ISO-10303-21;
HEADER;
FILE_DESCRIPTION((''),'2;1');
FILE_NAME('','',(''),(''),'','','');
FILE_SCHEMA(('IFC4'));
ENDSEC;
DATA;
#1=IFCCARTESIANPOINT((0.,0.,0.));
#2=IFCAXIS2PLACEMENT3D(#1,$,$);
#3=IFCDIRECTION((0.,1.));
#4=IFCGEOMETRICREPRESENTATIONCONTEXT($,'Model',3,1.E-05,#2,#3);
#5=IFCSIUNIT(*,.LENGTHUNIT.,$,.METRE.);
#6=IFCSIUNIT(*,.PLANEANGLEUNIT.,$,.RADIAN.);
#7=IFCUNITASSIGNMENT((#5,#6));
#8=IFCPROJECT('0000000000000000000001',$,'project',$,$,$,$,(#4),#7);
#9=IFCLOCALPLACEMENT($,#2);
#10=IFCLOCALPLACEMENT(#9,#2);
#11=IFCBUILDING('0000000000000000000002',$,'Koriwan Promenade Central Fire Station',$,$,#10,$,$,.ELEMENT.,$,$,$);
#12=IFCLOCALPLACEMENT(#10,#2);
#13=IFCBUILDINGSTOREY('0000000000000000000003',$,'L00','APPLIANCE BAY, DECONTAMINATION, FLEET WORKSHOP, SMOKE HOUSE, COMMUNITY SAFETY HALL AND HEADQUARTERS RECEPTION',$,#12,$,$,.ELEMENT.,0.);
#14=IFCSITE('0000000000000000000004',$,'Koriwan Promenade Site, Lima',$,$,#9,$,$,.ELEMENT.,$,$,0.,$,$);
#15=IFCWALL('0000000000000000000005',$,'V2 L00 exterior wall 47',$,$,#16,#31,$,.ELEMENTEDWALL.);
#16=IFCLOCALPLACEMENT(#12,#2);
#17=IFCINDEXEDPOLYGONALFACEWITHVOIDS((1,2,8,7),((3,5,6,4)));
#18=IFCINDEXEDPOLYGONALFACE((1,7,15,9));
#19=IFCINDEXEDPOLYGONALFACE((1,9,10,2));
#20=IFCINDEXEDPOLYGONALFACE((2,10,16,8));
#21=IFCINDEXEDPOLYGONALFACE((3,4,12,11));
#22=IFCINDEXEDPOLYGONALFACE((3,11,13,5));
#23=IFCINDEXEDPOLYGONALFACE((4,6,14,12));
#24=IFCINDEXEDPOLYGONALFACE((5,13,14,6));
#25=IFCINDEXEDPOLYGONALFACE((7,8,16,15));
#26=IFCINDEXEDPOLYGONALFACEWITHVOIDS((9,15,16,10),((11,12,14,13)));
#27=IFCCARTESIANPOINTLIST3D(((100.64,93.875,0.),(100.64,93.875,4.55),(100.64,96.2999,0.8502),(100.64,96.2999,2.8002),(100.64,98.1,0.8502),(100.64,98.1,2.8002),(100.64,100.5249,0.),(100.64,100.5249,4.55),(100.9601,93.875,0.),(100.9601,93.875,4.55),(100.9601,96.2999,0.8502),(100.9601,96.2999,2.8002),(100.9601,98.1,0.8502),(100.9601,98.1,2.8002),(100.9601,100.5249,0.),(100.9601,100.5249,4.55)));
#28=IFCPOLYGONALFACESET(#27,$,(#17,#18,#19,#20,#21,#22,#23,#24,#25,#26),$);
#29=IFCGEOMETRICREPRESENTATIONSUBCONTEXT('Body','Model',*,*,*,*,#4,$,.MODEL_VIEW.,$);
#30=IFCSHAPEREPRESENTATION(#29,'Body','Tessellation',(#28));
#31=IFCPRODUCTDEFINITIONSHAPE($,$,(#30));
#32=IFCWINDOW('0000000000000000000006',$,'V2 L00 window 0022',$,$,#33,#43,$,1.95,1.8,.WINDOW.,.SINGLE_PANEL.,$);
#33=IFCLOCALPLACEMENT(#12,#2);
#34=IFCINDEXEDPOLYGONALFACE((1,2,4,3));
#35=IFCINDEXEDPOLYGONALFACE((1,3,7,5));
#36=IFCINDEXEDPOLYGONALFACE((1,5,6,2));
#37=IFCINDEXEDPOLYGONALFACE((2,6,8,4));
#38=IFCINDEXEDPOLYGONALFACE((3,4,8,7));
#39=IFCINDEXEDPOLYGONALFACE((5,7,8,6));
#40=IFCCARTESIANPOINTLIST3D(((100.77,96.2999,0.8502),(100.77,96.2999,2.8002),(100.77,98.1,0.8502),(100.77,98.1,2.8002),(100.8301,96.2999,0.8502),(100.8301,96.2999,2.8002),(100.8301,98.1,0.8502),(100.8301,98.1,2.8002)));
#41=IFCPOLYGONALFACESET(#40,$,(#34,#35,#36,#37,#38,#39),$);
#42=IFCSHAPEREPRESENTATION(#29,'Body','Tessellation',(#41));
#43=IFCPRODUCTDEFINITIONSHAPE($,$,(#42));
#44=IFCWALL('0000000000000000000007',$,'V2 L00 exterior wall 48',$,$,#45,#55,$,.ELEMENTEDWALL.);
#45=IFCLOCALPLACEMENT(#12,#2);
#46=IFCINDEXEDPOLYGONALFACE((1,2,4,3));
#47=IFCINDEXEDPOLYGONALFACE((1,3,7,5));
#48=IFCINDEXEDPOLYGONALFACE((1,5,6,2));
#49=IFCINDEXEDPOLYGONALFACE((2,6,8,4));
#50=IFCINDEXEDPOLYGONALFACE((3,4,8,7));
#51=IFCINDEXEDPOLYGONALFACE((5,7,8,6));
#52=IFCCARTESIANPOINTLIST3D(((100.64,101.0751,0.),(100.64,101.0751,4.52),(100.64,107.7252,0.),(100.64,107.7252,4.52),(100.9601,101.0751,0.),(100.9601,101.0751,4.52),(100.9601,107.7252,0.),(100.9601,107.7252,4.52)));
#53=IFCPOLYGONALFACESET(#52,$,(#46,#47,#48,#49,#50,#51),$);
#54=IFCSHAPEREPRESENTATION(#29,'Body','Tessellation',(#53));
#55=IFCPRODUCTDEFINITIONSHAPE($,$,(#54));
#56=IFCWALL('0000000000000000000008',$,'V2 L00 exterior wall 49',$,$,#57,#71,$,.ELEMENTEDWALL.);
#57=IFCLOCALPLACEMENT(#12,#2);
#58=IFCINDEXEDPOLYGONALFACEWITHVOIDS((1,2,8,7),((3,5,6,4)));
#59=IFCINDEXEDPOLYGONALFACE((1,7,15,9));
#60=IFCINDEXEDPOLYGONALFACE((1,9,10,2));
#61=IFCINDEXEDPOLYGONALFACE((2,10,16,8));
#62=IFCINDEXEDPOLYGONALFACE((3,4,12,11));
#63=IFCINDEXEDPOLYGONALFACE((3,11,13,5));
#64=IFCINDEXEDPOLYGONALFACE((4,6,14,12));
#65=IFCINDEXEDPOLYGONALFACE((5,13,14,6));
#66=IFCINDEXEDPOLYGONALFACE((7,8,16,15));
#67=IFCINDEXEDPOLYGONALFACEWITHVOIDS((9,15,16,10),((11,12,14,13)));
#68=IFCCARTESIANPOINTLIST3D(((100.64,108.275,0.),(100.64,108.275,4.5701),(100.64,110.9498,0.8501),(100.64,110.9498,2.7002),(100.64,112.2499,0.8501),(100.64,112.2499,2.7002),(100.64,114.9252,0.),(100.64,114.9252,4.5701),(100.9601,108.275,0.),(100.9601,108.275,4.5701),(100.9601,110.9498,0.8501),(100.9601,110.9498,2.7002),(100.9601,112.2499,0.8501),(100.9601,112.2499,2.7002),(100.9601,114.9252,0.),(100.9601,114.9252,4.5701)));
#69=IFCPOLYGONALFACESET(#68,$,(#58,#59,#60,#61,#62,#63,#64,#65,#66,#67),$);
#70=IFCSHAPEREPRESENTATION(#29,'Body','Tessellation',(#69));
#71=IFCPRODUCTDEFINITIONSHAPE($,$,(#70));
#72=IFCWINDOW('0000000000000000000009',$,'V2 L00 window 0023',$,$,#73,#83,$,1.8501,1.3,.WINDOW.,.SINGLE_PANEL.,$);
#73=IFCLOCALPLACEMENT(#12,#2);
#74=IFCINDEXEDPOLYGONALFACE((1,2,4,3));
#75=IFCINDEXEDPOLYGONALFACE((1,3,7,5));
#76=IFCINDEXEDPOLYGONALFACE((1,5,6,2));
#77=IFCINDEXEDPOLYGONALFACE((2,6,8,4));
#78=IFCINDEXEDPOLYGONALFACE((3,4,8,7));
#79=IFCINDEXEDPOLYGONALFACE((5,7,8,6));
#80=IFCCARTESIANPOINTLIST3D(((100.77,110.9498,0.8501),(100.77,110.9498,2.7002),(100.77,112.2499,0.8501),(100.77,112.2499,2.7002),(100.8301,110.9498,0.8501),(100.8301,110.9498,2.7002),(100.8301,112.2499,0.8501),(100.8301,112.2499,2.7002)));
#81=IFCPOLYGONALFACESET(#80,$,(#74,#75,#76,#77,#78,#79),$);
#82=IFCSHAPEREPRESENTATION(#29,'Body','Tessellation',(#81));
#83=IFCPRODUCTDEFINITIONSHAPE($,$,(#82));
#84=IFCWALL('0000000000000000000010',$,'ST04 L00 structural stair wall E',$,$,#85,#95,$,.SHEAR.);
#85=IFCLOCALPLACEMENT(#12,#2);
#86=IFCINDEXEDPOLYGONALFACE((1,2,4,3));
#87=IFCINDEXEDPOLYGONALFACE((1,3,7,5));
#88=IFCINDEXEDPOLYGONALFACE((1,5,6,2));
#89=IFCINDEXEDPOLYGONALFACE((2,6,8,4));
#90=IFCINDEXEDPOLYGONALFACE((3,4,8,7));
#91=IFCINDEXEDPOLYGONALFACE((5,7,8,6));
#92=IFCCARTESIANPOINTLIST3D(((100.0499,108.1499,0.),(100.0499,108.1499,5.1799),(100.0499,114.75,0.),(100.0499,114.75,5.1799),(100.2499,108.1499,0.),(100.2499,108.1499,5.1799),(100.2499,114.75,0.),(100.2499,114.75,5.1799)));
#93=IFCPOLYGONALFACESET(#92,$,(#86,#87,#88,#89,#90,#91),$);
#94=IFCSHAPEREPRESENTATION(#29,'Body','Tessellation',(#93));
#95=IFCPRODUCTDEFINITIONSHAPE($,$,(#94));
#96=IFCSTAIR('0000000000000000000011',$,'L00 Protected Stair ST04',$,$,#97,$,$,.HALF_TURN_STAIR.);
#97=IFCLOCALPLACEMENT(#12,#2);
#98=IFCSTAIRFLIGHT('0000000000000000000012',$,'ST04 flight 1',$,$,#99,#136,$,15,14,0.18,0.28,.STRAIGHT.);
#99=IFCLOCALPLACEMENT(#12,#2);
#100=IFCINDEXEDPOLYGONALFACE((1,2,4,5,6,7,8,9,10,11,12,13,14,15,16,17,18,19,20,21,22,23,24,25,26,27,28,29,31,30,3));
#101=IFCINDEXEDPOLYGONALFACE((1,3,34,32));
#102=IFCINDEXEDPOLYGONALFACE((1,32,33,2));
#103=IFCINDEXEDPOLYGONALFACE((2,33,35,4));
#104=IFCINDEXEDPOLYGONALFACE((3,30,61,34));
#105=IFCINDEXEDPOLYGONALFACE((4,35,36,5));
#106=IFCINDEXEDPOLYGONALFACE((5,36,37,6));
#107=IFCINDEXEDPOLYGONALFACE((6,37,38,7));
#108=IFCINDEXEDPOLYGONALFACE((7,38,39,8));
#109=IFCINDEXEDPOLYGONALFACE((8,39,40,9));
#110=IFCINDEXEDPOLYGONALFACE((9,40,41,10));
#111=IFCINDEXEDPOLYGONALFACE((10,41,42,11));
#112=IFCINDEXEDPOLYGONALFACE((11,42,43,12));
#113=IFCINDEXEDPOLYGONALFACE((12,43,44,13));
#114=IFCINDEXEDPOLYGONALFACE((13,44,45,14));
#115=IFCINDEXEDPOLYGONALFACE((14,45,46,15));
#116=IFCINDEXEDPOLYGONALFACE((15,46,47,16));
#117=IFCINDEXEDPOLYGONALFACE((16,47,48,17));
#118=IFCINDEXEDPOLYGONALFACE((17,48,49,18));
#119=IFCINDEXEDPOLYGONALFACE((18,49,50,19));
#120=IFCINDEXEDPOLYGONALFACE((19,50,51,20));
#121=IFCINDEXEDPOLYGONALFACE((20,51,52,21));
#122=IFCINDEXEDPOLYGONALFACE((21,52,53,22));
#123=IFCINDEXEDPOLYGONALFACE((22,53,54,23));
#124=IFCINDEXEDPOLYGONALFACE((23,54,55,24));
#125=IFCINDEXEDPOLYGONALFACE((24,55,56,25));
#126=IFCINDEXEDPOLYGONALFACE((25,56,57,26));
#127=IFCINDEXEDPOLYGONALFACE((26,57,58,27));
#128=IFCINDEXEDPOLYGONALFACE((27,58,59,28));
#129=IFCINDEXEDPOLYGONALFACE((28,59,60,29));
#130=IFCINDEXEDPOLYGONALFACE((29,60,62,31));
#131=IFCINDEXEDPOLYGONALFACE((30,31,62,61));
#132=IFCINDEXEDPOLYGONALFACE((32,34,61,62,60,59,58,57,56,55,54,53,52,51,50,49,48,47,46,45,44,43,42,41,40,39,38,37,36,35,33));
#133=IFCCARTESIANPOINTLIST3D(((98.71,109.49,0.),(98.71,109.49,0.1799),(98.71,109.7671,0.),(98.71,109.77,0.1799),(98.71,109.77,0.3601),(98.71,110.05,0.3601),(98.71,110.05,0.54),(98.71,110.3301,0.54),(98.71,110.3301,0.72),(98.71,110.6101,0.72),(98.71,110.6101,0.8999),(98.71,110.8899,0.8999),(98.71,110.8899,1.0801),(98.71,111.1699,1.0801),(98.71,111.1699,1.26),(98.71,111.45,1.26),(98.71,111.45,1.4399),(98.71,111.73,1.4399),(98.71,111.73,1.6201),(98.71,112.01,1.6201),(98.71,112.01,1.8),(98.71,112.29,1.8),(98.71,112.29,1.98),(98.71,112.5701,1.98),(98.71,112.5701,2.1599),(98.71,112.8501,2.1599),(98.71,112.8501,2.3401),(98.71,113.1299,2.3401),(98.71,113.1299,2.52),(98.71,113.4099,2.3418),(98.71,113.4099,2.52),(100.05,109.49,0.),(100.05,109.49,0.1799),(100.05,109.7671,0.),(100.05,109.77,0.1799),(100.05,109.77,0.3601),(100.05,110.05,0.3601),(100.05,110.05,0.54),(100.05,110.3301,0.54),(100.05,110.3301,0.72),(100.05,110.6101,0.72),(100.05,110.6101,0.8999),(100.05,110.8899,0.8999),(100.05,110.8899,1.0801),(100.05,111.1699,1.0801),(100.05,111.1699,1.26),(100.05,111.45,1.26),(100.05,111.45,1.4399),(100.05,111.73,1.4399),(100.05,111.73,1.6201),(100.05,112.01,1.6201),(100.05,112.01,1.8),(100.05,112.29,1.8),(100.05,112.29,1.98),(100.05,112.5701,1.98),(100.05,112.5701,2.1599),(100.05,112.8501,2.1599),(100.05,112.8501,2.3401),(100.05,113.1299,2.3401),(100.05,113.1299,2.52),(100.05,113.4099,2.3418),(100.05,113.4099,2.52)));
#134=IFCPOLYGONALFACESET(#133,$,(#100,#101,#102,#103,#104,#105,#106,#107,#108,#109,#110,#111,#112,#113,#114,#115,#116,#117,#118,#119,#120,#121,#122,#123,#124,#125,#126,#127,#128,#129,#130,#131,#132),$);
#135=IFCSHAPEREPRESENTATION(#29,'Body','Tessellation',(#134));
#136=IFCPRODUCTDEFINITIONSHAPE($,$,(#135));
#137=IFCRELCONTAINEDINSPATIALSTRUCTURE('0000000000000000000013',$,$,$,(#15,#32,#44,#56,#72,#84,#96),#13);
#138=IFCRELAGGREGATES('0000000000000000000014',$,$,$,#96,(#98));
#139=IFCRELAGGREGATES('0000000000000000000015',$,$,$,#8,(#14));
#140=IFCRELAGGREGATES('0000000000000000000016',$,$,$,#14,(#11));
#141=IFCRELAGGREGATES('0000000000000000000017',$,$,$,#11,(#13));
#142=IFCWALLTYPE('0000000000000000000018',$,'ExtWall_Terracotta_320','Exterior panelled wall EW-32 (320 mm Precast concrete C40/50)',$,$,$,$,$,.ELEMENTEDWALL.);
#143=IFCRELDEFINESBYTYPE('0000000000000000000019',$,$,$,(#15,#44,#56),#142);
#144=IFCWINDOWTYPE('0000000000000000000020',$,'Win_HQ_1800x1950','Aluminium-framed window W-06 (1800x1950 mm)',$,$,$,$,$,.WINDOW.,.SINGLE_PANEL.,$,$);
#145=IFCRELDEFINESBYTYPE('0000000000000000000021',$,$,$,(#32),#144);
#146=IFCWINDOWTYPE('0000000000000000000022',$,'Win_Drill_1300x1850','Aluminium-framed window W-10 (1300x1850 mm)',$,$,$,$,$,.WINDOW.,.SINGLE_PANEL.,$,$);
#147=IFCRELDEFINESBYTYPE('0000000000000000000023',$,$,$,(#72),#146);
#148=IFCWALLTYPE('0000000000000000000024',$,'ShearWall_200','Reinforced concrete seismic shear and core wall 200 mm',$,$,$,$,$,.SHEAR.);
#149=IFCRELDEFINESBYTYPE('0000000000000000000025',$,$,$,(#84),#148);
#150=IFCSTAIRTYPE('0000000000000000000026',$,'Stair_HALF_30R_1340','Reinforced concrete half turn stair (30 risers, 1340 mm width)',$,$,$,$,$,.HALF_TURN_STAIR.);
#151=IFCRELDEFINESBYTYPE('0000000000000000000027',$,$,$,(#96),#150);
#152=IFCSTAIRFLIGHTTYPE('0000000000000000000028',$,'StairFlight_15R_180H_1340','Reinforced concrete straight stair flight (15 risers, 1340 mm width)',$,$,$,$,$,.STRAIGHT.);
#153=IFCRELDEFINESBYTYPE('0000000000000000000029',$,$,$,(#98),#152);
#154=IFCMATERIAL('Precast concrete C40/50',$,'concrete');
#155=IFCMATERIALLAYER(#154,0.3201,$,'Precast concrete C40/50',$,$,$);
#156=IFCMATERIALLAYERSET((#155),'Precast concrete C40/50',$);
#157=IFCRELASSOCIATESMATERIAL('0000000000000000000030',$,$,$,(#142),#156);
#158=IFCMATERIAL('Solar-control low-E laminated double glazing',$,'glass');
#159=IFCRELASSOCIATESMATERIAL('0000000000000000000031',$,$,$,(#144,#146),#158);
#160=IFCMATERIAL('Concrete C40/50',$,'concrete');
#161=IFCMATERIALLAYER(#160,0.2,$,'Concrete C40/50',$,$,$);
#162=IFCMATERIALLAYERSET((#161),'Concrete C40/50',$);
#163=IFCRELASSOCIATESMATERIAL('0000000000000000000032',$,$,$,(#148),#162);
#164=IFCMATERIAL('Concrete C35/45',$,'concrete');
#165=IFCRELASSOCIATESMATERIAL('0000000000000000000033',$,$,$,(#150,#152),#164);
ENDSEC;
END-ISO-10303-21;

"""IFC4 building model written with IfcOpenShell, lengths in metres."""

from ifc_helpers import new_model, si_unit, direction, frame, frame_2d, origin, place, context, subcontext, project, spatial, polyline, rectangle, outline, extrude, material, layer, layer_set, type_object, element, fill, aggregate, save


model = new_model("IFC4")

# Units and contexts
model_context = context("Model", 3, precision=1e-05, world=origin(), true_north=direction((0.0, 1.0)))
body_context = subcontext(model_context, "Body", "Model", "MODEL_VIEW")
ifc_project = project(units=[si_unit("LENGTHUNIT", "METRE"), si_unit("PLANEANGLEUNIT", "RADIAN")], contexts=[model_context])

# Site, building, storey
site_placement = place(None, origin())
site = spatial("IfcSite", under=ifc_project, at=site_placement, Name="Koriwan Promenade Site, Lima", CompositionType="ELEMENT", RefElevation=0.0)
building_placement = place(site_placement, origin())
building = spatial("IfcBuilding", under=site, at=building_placement, Name="Koriwan Promenade Central Fire Station", CompositionType="ELEMENT")
storey_placement = place(building_placement, origin())
storey = spatial("IfcBuildingStorey", under=building, at=storey_placement, Name="L00", Description="APPLIANCE BAY, DECONTAMINATION, FLEET WORKSHOP, SMOKE HOUSE, COMMUNITY SAFETY HALL AND HEADQUARTERS RECEPTION", CompositionType="ELEMENT", Elevation=0.0)

# Shared definitions
ifc_material_1 = material(Name="Concrete C35/45", Category="concrete")

# Shared definitions
ifc_material_2 = material(Name="Concrete C40/50", Category="concrete")

# Wall, opening, window
ifc_material_3 = material(Name="Precast concrete C40/50", Category="concrete")
ifc_layer_1 = layer(ifc_material_3, 0.3201, Name="Precast concrete C40/50")
ifc_layer_set_1 = layer_set([ifc_layer_1], Name="Precast concrete C40/50")
wall_type_1 = type_object("IfcWallType", Name="ExtWall_Terracotta_320", Description="Exterior panelled wall EW-32 (320 mm Precast concrete C40/50)", PredefinedType="ELEMENTEDWALL", material=ifc_layer_set_1)
wall_1_placement = place(storey_placement, frame((100.8, 93.875, 0.0), z_axis=(0.0, 0.0, 1.0), x_axis=(0.0, 1.0, 0.0)))
wall_1 = element("IfcWall", 1, at=wall_1_placement, inside=storey, type_object=wall_type_1, Name="V2 L00 exterior wall 47", PredefinedType="ELEMENTEDWALL", context=body_context, shape_type="SweptSolid", body=[
    extrude(rectangle(XDim=6.6499, YDim=0.3201, at=frame_2d((3.325, 0.0))), origin(), (0.0, 0.0, 1.0), 4.55),
])
opening_1_placement = place(wall_1_placement, frame((2.425, 0.0, 0.8501)))
opening_1 = element("IfcOpeningElement", 2, at=opening_1_placement, cuts=wall_1, PredefinedType="OPENING", context=body_context, shape_type="SweptSolid", body=[
    extrude(rectangle(XDim=1.8, YDim=1.95, at=frame_2d((0.8999, 0.9751))), frame((0.0, 0.1719, 0.0), z_axis=(0.0, -1.0, 0.0), x_axis=(1.0, 0.0, 0.0)), (0.0, 0.0, 1.0), 0.344),
])
ifc_material_4 = material(Name="Solar-control low-E laminated double glazing", Category="glass")
window_type_1 = type_object("IfcWindowType", Name="Win_HQ_1800x1950", Description="Aluminium-framed window W-06 (1800x1950 mm)", PartitioningType="SINGLE_PANEL", PredefinedType="WINDOW", material=ifc_material_4)
window_1_placement = place(opening_1_placement, origin())
window_1 = element("IfcWindow", 3, at=window_1_placement, inside=storey, type_object=window_type_1, Name="V2 L00 window 0022", OverallHeight=1.95, OverallWidth=1.8, PartitioningType="SINGLE_PANEL", PredefinedType="WINDOW", context=body_context, shape_type="SweptSolid", body=[
    extrude(rectangle(XDim=1.8, YDim=1.95, at=frame_2d((0.8999, 0.9751))), frame((0.0, 0.03, 0.0), z_axis=(0.0, -1.0, 0.0), x_axis=(1.0, 0.0, 0.0)), (0.0, 0.0, 1.0), 0.0601),
])
fill(opening_1, window_1)

# Wall
wall_2_placement = place(storey_placement, frame((100.8, 101.075, 0.0), z_axis=(0.0, 0.0, 1.0), x_axis=(0.0, 1.0, 0.0)))
element("IfcWall", 4, at=wall_2_placement, inside=storey, type_object=wall_type_1, Name="V2 L00 exterior wall 48", PredefinedType="ELEMENTEDWALL", context=body_context, shape_type="SweptSolid", body=[
    extrude(rectangle(XDim=6.6501, YDim=0.3201, at=frame_2d((3.3252, 0.0))), origin(), (0.0, 0.0, 1.0), 4.52),
])

# Wall, opening, window
wall_3_placement = place(storey_placement, frame((100.8, 108.2749, 0.0), z_axis=(0.0, 0.0, 1.0), x_axis=(0.0, 1.0, 0.0)))
wall_3 = element("IfcWall", 5, at=wall_3_placement, inside=storey, type_object=wall_type_1, Name="V2 L00 exterior wall 49", PredefinedType="ELEMENTEDWALL", context=body_context, shape_type="SweptSolid", body=[
    extrude(rectangle(XDim=6.6501, YDim=0.3201, at=frame_2d((3.3252, 0.0))), origin(), (0.0, 0.0, 1.0), 4.5701),
])
opening_2_placement = place(wall_3_placement, frame((2.675, 0.0, 0.8501)))
opening_2 = element("IfcOpeningElement", 6, at=opening_2_placement, cuts=wall_3, PredefinedType="OPENING", context=body_context, shape_type="SweptSolid", body=[
    extrude(rectangle(XDim=1.3, YDim=1.8501, at=frame_2d((0.6499, 0.925))), frame((0.0, 0.1719, 0.0), z_axis=(0.0, -1.0, 0.0), x_axis=(1.0, 0.0, 0.0)), (0.0, 0.0, 1.0), 0.344),
])
window_type_2 = type_object("IfcWindowType", Name="Win_Drill_1300x1850", Description="Aluminium-framed window W-10 (1300x1850 mm)", PartitioningType="SINGLE_PANEL", PredefinedType="WINDOW", material=ifc_material_4)
window_2_placement = place(opening_2_placement, origin())
window_2 = element("IfcWindow", 7, at=window_2_placement, inside=storey, type_object=window_type_2, Name="V2 L00 window 0023", OverallHeight=1.8501, OverallWidth=1.3, PartitioningType="SINGLE_PANEL", PredefinedType="WINDOW", context=body_context, shape_type="SweptSolid", body=[
    extrude(rectangle(XDim=1.3, YDim=1.8501, at=frame_2d((0.6499, 0.925))), frame((0.0, 0.03, 0.0), z_axis=(0.0, -1.0, 0.0), x_axis=(1.0, 0.0, 0.0)), (0.0, 0.0, 1.0), 0.0601),
])
fill(opening_2, window_2)

# Wall
ifc_layer_2 = layer(ifc_material_2, 0.2, Name="Concrete C40/50")
ifc_layer_set_2 = layer_set([ifc_layer_2], Name="Concrete C40/50")
wall_type_2 = type_object("IfcWallType", Name="ShearWall_200", Description="Reinforced concrete seismic shear and core wall 200 mm", PredefinedType="SHEAR", material=ifc_layer_set_2)
wall_4_placement = place(storey_placement, frame((100.1499, 108.1499, 0.0), z_axis=(0.0, 0.0, 1.0), x_axis=(0.0, 1.0, 0.0)))
element("IfcWall", 8, at=wall_4_placement, inside=storey, type_object=wall_type_2, Name="ST04 L00 structural stair wall E", PredefinedType="SHEAR", context=body_context, shape_type="SweptSolid", body=[
    extrude(rectangle(XDim=6.6001, YDim=0.2, at=frame_2d((3.3, 0.0))), origin(), (0.0, 0.0, 1.0), 5.1799),
])

# Stair, stair flight
stair_type = type_object("IfcStairType", Name="Stair_HALF_30R_1340", Description="Reinforced concrete half turn stair (30 risers, 1340 mm width)", PredefinedType="HALF_TURN_STAIR", material=ifc_material_1)
stair_placement = place(storey_placement, origin())
stair = element("IfcStair", 9, at=stair_placement, inside=storey, type_object=stair_type, Name="L00 Protected Stair ST04", PredefinedType="HALF_TURN_STAIR")
stair_flight_type = type_object("IfcStairFlightType", Name="StairFlight_15R_180H_1340", Description="Reinforced concrete straight stair flight (15 risers, 1340 mm width)", PredefinedType="STRAIGHT", material=ifc_material_1)
stair_flight_placement = place(storey_placement, frame((99.3799, 109.49, 0.0), z_axis=(0.0, 0.0, 1.0), x_axis=(0.0, 1.0, 0.0)))
stair_flight = element("IfcStairFlight", 10, at=stair_flight_placement, type_object=stair_flight_type, Name="ST04 flight 1", NumberOfRisers=15, NumberOfTreads=14, PredefinedType="STRAIGHT", RiserHeight=0.18, TreadLength=0.28, context=body_context, shape_type="SweptSolid", body=[
    extrude(outline(polyline([(0.0, 0.0), (0.0, 0.1799), (0.28, 0.1799), (0.28, 0.3601), (0.5601, 0.3601), (0.5601, 0.54), (0.8401, 0.54), (0.8401, 0.72), (1.1201, 0.72), (1.1201, 0.8999), (1.3999, 0.8999), (1.3999, 1.0801), (1.6799, 1.0801), (1.6799, 1.26), (1.96, 1.26), (1.96, 1.4399), (2.24, 1.4399), (2.24, 1.6201), (2.52, 1.6201), (2.52, 1.8), (2.8, 1.8), (2.8, 1.98), (3.0801, 1.98), (3.0801, 2.1599), (3.3601, 2.1599), (3.3601, 2.3401), (3.6399, 2.3401), (3.6399, 2.52), (3.9199, 2.52), (3.9199, 2.7), (3.9199, 2.3418), (0.2771, 0.0), (0.0, 0.0)])), frame((0.0, 0.6699, 0.0), z_axis=(0.0, -1.0, 0.0), x_axis=(1.0, 0.0, 0.0)), (0.0, 0.0, 1.0), 1.3401),
])
aggregate(stair, [stair_flight])

save(model, "model.ifc")
